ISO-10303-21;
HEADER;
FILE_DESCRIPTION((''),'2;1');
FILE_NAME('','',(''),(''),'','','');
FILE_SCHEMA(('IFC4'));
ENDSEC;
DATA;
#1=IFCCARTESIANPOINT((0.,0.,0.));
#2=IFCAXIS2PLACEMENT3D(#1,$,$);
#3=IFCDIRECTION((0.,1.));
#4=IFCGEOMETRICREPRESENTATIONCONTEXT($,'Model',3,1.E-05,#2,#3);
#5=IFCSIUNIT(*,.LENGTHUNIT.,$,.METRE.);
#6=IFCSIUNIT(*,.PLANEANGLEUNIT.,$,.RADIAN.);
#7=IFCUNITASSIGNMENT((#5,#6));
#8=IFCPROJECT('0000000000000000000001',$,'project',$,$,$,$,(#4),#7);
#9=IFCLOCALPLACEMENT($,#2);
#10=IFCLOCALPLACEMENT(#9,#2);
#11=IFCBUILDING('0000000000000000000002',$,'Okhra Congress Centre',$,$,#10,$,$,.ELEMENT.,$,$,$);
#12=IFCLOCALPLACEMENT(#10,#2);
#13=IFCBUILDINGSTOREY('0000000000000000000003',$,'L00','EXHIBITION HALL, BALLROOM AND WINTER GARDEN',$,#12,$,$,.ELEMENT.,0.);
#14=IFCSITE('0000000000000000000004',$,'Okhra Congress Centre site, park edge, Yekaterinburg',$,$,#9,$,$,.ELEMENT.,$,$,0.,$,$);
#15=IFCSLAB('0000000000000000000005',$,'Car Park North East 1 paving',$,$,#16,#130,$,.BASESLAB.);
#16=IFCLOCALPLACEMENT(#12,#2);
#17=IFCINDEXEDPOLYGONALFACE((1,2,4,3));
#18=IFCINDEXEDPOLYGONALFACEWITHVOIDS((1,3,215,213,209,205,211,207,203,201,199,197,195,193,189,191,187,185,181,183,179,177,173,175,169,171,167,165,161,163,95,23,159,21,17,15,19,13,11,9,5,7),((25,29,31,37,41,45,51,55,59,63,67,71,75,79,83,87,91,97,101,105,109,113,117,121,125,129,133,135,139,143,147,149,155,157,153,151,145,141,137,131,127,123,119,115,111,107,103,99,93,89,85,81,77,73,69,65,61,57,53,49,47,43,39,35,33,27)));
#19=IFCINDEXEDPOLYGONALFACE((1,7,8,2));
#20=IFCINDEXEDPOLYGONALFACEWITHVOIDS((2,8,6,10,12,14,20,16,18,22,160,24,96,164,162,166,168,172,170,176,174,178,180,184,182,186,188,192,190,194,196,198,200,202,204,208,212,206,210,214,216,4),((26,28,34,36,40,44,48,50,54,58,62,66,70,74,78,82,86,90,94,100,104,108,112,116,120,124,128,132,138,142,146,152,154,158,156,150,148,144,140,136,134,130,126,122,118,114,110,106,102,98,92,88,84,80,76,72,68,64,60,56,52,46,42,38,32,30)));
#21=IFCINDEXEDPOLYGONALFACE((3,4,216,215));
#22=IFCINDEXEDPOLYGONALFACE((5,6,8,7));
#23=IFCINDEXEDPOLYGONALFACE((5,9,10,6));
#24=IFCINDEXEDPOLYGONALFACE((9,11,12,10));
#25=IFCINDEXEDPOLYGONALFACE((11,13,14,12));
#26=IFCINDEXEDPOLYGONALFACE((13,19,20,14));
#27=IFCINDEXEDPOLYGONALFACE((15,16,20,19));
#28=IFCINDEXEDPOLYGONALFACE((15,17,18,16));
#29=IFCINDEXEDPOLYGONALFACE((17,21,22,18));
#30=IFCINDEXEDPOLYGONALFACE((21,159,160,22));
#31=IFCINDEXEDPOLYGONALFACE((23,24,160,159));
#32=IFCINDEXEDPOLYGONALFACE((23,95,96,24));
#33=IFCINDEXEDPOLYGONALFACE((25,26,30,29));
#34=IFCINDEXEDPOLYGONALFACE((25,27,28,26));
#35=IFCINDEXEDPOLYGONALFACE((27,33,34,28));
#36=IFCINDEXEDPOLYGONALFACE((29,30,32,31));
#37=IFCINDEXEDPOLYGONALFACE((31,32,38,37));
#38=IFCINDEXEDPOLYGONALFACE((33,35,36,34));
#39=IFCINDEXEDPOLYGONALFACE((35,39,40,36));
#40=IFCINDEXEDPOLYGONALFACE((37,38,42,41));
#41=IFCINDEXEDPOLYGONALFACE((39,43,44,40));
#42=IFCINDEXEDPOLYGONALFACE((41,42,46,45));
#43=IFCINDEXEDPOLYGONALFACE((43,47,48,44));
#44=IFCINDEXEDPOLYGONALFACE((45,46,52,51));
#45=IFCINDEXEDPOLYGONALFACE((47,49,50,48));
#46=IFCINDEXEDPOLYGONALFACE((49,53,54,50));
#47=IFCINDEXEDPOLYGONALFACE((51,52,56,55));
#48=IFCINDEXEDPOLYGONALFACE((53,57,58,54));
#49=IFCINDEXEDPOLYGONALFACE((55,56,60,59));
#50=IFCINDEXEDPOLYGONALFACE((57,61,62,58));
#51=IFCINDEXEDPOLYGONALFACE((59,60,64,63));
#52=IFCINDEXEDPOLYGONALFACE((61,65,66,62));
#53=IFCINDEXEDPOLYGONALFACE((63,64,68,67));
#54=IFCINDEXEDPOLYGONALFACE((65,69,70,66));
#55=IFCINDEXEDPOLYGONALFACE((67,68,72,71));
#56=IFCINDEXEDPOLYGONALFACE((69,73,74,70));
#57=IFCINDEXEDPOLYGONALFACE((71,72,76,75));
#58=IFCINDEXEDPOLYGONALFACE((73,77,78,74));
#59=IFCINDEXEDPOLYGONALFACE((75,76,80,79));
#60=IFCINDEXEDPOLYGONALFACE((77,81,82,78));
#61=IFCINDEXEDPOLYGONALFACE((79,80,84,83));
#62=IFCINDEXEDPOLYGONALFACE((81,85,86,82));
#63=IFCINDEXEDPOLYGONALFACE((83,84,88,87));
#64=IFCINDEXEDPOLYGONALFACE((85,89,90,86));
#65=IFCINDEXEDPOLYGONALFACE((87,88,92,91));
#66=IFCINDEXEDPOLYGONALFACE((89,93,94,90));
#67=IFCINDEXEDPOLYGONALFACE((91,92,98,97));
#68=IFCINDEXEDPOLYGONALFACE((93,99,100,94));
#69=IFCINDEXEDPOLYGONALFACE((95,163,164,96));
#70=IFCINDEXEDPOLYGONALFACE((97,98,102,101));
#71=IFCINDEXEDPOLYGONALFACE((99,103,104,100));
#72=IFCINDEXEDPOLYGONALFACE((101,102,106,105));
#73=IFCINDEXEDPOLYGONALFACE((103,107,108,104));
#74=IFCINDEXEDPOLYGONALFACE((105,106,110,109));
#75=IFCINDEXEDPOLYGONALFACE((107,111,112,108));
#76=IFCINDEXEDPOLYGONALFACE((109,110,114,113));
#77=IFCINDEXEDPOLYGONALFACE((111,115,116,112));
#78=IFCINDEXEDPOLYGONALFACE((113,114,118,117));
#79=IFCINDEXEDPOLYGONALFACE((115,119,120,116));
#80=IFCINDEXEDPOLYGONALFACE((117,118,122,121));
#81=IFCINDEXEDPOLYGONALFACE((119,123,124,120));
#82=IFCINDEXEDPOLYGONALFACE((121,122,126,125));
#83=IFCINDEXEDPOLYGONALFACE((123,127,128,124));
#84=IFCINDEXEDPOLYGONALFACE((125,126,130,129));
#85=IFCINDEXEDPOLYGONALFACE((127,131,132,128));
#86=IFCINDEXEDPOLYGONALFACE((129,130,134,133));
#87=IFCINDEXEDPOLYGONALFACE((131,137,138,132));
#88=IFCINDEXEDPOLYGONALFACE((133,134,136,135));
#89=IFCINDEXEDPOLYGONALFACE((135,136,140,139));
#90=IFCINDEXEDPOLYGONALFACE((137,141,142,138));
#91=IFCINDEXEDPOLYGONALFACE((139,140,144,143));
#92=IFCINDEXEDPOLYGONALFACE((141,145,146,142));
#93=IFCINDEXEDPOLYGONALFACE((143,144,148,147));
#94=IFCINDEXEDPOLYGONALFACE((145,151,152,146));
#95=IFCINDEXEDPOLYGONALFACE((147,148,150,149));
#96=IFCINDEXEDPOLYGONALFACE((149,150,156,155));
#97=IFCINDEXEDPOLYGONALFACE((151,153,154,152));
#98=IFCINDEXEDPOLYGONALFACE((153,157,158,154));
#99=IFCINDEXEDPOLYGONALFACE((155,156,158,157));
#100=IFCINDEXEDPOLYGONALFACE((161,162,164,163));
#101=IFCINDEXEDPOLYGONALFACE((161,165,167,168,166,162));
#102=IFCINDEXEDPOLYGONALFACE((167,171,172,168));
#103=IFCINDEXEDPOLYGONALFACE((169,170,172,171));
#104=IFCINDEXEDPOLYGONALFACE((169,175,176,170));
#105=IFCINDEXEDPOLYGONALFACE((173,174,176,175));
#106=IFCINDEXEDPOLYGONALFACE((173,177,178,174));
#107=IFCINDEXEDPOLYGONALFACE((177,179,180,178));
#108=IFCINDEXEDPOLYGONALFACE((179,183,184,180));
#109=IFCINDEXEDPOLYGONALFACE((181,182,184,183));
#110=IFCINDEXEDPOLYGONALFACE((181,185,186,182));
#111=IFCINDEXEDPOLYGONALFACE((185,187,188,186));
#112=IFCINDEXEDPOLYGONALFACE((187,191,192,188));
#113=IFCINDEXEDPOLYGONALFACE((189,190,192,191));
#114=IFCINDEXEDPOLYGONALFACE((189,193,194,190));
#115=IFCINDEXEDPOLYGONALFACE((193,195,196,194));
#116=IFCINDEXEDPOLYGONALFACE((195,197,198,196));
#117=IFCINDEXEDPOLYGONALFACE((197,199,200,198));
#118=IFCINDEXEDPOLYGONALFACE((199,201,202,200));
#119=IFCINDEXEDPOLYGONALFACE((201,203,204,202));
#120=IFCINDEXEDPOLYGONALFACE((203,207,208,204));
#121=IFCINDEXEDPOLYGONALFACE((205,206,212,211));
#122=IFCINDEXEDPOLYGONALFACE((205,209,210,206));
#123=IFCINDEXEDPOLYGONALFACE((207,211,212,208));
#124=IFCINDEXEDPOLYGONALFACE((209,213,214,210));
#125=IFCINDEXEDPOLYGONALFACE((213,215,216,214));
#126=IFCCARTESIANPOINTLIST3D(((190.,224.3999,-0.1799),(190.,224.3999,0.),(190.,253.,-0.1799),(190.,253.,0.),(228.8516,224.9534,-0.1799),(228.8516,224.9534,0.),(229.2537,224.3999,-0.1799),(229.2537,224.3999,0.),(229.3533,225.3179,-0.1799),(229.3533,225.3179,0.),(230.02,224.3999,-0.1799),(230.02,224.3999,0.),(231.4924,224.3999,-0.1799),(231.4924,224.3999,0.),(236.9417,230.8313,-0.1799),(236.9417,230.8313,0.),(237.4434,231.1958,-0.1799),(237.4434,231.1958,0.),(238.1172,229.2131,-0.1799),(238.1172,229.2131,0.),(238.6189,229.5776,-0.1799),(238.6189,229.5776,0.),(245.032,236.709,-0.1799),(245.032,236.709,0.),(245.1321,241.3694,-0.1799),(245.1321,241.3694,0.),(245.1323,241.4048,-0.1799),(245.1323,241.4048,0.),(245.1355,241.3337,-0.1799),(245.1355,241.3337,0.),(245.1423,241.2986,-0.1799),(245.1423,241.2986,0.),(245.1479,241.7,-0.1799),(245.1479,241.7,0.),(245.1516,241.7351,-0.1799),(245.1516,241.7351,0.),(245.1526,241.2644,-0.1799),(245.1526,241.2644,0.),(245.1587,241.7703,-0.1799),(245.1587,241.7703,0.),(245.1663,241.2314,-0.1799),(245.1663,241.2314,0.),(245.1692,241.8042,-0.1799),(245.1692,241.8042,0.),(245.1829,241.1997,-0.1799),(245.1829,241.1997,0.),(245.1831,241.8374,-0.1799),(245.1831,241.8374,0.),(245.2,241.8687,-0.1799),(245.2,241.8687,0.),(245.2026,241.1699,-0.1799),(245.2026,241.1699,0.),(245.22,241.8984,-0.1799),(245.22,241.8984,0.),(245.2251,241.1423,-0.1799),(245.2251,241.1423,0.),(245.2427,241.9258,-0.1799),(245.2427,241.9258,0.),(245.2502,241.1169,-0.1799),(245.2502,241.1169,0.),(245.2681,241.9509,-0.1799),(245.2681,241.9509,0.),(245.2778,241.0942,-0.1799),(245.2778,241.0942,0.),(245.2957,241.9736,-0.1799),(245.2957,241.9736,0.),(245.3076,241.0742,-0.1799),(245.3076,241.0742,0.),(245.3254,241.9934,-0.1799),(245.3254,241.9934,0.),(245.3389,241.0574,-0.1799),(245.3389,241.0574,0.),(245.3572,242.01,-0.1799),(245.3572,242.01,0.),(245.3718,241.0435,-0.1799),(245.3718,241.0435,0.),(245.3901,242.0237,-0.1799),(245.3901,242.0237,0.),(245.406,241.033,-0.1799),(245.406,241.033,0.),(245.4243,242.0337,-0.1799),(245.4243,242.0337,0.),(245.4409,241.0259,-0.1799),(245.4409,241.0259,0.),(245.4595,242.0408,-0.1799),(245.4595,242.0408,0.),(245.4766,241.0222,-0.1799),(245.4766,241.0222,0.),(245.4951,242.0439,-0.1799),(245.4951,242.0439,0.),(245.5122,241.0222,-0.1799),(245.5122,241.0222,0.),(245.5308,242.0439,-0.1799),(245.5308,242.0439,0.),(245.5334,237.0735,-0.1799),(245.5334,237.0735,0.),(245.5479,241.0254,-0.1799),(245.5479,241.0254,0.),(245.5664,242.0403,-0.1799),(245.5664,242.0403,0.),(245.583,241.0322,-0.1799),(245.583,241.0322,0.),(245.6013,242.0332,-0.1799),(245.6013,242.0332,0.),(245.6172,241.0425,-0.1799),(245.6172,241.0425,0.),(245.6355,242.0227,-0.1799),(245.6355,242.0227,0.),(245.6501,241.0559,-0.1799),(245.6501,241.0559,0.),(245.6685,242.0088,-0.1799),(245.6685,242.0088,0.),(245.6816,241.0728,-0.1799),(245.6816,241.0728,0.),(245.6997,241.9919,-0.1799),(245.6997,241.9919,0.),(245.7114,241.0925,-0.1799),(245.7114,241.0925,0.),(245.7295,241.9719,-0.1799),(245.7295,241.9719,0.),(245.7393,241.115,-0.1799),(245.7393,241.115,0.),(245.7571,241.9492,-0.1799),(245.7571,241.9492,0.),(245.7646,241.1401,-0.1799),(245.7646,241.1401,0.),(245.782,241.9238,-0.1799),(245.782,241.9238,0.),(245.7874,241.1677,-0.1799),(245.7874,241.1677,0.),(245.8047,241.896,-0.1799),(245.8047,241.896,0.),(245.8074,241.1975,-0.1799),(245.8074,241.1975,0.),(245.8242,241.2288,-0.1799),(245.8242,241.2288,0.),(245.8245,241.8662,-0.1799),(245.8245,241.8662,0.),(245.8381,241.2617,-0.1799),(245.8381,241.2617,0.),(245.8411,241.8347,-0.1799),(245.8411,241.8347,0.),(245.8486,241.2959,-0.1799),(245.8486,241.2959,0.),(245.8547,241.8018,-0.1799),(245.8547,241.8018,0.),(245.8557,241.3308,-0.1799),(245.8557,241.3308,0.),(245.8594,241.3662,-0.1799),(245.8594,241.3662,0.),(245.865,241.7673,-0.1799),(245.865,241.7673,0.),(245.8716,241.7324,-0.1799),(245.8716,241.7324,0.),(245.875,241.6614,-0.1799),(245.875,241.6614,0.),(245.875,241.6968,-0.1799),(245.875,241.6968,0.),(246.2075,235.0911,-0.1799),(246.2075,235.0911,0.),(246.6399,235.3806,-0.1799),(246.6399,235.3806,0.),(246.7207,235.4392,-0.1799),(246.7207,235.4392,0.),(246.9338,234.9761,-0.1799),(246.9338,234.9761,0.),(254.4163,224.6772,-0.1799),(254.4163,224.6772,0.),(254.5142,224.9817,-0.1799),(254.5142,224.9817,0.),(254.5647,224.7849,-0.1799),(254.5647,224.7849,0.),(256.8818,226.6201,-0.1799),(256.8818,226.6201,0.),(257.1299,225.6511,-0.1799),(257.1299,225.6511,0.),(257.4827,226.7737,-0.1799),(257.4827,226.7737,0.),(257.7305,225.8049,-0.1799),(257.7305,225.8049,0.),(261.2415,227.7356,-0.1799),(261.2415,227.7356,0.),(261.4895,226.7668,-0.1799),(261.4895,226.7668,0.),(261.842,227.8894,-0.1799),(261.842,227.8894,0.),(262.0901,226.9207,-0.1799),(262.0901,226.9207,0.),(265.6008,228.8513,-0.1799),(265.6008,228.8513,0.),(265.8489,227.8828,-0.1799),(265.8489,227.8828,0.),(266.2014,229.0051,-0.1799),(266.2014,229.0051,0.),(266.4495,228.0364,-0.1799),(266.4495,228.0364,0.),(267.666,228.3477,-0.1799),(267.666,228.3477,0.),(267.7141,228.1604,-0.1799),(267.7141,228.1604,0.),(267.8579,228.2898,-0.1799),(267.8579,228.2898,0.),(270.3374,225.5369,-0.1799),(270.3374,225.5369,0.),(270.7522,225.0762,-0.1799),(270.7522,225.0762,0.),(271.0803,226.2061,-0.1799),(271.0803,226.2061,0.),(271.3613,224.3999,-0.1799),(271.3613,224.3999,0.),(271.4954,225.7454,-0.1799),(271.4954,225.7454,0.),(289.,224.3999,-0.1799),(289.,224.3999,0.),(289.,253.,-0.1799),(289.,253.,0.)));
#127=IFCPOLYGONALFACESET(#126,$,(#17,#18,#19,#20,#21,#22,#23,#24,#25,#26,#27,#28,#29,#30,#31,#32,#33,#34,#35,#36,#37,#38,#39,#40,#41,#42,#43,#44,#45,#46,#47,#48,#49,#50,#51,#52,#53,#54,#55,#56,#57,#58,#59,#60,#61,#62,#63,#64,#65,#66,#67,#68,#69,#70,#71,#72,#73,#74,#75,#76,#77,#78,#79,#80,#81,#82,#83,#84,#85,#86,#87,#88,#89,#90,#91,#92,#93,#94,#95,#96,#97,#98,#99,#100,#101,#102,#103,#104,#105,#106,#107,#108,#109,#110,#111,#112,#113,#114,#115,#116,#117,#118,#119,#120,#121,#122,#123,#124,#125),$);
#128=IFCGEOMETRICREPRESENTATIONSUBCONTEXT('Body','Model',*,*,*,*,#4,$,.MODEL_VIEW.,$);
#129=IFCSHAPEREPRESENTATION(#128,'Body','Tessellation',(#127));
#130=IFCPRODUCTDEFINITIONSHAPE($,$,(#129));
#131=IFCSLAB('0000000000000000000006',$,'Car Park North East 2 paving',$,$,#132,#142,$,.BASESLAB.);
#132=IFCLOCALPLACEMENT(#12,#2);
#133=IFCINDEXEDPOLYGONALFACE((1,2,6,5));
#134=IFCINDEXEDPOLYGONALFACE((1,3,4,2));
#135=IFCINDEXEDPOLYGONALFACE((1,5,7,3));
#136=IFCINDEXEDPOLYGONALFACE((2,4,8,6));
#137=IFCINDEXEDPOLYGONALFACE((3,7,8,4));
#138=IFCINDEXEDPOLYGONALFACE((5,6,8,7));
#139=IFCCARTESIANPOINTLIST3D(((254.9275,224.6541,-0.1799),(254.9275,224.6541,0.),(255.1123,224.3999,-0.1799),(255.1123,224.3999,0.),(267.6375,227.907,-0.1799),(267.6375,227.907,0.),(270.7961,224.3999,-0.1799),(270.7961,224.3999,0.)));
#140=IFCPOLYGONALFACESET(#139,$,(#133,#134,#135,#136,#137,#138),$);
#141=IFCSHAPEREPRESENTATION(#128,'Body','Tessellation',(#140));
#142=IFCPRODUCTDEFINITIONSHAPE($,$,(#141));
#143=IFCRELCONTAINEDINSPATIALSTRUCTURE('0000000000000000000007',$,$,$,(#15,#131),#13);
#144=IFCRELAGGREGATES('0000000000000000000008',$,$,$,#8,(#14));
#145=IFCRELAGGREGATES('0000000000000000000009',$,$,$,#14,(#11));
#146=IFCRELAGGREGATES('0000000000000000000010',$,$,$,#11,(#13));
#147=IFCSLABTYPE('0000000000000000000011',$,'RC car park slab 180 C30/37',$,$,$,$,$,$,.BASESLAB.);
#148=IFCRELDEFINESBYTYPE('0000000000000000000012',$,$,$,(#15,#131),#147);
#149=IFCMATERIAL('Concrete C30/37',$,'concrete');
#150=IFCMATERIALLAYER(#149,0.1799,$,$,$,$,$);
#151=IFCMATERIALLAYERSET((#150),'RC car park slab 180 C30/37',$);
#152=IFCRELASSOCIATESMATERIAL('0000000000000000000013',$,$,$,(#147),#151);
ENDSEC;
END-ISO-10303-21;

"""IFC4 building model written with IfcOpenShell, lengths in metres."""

from ifc_helpers import new_model, si_unit, direction, frame, origin, place, context, subcontext, project, spatial, polyline, outline, extrude, material, layer, layer_set, type_object, element, save


model = new_model("IFC4")

# Units and contexts
model_context = context("Model", 3, precision=1e-05, world=origin(), true_north=direction((0.0, 1.0)))
body_context = subcontext(model_context, "Body", "Model", "MODEL_VIEW")
ifc_project = project(units=[si_unit("LENGTHUNIT", "METRE"), si_unit("PLANEANGLEUNIT", "RADIAN")], contexts=[model_context])

# Site, building, storey
site_placement = place(None, origin())
site = spatial("IfcSite", under=ifc_project, at=site_placement, Name="Okhra Congress Centre site, park edge, Yekaterinburg", CompositionType="ELEMENT", RefElevation=0.0)
building_placement = place(site_placement, origin())
building = spatial("IfcBuilding", under=site, at=building_placement, Name="Okhra Congress Centre", CompositionType="ELEMENT")
storey_placement = place(building_placement, origin())
storey = spatial("IfcBuildingStorey", under=building, at=storey_placement, Name="L00", Description="EXHIBITION HALL, BALLROOM AND WINTER GARDEN", CompositionType="ELEMENT", Elevation=0.0)

# Slabs
ifc_material = material(Name="Concrete C30/37", Category="concrete")
ifc_layer_1 = layer(ifc_material, 0.1799)
ifc_layer_set_1 = layer_set([ifc_layer_1], Name="RC car park slab 180 C30/37")
slab_type_1 = type_object("IfcSlabType", Name="RC car park slab 180 C30/37", PredefinedType="BASESLAB", material=ifc_layer_set_1)
slab_1_placement = place(storey_placement, frame((0.0, 0.0, -0.1799)))
element("IfcSlab", 1, at=slab_1_placement, inside=storey, type_object=slab_type_1, Name="Car Park North East 1 paving", PredefinedType="BASESLAB", context=body_context, shape_type="SweptSolid", body=[
    extrude(outline(polyline([(289.0, 253.0), (190.0, 253.0), (190.0, 224.3999), (229.2537, 224.3999), (228.8516, 224.9534), (229.3533, 225.3179), (230.02, 224.3999), (231.4924, 224.3999), (238.1172, 229.2131), (236.9417, 230.8313), (237.4434, 231.1958), (238.6189, 229.5776), (246.2075, 235.0911), (245.032, 236.709), (245.5334, 237.0735), (246.7207, 235.4392), (246.6399, 235.3806), (246.9338, 234.9761), (254.4163, 224.6772), (254.5647, 224.7849), (254.5142, 224.9817), (257.1299, 225.6511), (256.8818, 226.6201), (257.4827, 226.7737), (257.7305, 225.8049), (261.4895, 226.7668), (261.2415, 227.7356), (261.842, 227.8894), (262.0901, 226.9207), (265.8489, 227.8828), (265.6008, 228.8513), (266.2014, 229.0051), (266.4495, 228.0364), (267.666, 228.3477), (267.7141, 228.1604), (267.8579, 228.2898), (270.3374, 225.5369), (271.0803, 226.2061), (271.4954, 225.7454), (270.7522, 225.0762), (271.3613, 224.3999), (289.0, 224.3999), (289.0, 253.0)]), holes=[polyline([(245.7393, 241.115), (245.7646, 241.1401), (245.7874, 241.1677), (245.8074, 241.1975), (245.8242, 241.2288), (245.8381, 241.2617), (245.8486, 241.2959), (245.8557, 241.3308), (245.8594, 241.3662), (245.875, 241.6614), (245.875, 241.6968), (245.8716, 241.7324), (245.865, 241.7673), (245.8547, 241.8018), (245.8411, 241.8347), (245.8245, 241.8662), (245.8047, 241.896), (245.782, 241.9238), (245.7571, 241.9492), (245.7295, 241.9719), (245.6997, 241.9919), (245.6685, 242.0088), (245.6355, 242.0227), (245.6013, 242.0332), (245.5664, 242.0403), (245.5308, 242.0439), (245.4951, 242.0439), (245.4595, 242.0408), (245.4243, 242.0337), (245.3901, 242.0237), (245.3572, 242.01), (245.3254, 241.9934), (245.2957, 241.9736), (245.2681, 241.9509), (245.2427, 241.9258), (245.22, 241.8984), (245.2, 241.8687), (245.1831, 241.8374), (245.1692, 241.8042), (245.1587, 241.7703), (245.1516, 241.7351), (245.1479, 241.7), (245.1323, 241.4048), (245.1321, 241.3694), (245.1355, 241.3337), (245.1423, 241.2986), (245.1526, 241.2644), (245.1663, 241.2314), (245.1829, 241.1997), (245.2026, 241.1699), (245.2251, 241.1423), (245.2502, 241.1169), (245.2778, 241.0942), (245.3076, 241.0742), (245.3389, 241.0574), (245.3718, 241.0435), (245.406, 241.033), (245.4409, 241.0259), (245.4766, 241.0222), (245.5122, 241.0222), (245.5479, 241.0254), (245.583, 241.0322), (245.6172, 241.0425), (245.6501, 241.0559), (245.6816, 241.0728), (245.7114, 241.0925), (245.7393, 241.115)])]), origin(), (0.0, 0.0, 1.0), 0.1799),
])
slab_2_placement = place(storey_placement, frame((0.0, 0.0, -0.1799)))
element("IfcSlab", 2, at=slab_2_placement, inside=storey, type_object=slab_type_1, Name="Car Park North East 2 paving", PredefinedType="BASESLAB", context=body_context, shape_type="SweptSolid", body=[
    extrude(outline(polyline([(254.9275, 224.6541), (255.1123, 224.3999), (270.7961, 224.3999), (267.6375, 227.907), (254.9275, 224.6541)])), origin(), (0.0, 0.0, 1.0), 0.1799),
])

save(model, "model.ifc")
